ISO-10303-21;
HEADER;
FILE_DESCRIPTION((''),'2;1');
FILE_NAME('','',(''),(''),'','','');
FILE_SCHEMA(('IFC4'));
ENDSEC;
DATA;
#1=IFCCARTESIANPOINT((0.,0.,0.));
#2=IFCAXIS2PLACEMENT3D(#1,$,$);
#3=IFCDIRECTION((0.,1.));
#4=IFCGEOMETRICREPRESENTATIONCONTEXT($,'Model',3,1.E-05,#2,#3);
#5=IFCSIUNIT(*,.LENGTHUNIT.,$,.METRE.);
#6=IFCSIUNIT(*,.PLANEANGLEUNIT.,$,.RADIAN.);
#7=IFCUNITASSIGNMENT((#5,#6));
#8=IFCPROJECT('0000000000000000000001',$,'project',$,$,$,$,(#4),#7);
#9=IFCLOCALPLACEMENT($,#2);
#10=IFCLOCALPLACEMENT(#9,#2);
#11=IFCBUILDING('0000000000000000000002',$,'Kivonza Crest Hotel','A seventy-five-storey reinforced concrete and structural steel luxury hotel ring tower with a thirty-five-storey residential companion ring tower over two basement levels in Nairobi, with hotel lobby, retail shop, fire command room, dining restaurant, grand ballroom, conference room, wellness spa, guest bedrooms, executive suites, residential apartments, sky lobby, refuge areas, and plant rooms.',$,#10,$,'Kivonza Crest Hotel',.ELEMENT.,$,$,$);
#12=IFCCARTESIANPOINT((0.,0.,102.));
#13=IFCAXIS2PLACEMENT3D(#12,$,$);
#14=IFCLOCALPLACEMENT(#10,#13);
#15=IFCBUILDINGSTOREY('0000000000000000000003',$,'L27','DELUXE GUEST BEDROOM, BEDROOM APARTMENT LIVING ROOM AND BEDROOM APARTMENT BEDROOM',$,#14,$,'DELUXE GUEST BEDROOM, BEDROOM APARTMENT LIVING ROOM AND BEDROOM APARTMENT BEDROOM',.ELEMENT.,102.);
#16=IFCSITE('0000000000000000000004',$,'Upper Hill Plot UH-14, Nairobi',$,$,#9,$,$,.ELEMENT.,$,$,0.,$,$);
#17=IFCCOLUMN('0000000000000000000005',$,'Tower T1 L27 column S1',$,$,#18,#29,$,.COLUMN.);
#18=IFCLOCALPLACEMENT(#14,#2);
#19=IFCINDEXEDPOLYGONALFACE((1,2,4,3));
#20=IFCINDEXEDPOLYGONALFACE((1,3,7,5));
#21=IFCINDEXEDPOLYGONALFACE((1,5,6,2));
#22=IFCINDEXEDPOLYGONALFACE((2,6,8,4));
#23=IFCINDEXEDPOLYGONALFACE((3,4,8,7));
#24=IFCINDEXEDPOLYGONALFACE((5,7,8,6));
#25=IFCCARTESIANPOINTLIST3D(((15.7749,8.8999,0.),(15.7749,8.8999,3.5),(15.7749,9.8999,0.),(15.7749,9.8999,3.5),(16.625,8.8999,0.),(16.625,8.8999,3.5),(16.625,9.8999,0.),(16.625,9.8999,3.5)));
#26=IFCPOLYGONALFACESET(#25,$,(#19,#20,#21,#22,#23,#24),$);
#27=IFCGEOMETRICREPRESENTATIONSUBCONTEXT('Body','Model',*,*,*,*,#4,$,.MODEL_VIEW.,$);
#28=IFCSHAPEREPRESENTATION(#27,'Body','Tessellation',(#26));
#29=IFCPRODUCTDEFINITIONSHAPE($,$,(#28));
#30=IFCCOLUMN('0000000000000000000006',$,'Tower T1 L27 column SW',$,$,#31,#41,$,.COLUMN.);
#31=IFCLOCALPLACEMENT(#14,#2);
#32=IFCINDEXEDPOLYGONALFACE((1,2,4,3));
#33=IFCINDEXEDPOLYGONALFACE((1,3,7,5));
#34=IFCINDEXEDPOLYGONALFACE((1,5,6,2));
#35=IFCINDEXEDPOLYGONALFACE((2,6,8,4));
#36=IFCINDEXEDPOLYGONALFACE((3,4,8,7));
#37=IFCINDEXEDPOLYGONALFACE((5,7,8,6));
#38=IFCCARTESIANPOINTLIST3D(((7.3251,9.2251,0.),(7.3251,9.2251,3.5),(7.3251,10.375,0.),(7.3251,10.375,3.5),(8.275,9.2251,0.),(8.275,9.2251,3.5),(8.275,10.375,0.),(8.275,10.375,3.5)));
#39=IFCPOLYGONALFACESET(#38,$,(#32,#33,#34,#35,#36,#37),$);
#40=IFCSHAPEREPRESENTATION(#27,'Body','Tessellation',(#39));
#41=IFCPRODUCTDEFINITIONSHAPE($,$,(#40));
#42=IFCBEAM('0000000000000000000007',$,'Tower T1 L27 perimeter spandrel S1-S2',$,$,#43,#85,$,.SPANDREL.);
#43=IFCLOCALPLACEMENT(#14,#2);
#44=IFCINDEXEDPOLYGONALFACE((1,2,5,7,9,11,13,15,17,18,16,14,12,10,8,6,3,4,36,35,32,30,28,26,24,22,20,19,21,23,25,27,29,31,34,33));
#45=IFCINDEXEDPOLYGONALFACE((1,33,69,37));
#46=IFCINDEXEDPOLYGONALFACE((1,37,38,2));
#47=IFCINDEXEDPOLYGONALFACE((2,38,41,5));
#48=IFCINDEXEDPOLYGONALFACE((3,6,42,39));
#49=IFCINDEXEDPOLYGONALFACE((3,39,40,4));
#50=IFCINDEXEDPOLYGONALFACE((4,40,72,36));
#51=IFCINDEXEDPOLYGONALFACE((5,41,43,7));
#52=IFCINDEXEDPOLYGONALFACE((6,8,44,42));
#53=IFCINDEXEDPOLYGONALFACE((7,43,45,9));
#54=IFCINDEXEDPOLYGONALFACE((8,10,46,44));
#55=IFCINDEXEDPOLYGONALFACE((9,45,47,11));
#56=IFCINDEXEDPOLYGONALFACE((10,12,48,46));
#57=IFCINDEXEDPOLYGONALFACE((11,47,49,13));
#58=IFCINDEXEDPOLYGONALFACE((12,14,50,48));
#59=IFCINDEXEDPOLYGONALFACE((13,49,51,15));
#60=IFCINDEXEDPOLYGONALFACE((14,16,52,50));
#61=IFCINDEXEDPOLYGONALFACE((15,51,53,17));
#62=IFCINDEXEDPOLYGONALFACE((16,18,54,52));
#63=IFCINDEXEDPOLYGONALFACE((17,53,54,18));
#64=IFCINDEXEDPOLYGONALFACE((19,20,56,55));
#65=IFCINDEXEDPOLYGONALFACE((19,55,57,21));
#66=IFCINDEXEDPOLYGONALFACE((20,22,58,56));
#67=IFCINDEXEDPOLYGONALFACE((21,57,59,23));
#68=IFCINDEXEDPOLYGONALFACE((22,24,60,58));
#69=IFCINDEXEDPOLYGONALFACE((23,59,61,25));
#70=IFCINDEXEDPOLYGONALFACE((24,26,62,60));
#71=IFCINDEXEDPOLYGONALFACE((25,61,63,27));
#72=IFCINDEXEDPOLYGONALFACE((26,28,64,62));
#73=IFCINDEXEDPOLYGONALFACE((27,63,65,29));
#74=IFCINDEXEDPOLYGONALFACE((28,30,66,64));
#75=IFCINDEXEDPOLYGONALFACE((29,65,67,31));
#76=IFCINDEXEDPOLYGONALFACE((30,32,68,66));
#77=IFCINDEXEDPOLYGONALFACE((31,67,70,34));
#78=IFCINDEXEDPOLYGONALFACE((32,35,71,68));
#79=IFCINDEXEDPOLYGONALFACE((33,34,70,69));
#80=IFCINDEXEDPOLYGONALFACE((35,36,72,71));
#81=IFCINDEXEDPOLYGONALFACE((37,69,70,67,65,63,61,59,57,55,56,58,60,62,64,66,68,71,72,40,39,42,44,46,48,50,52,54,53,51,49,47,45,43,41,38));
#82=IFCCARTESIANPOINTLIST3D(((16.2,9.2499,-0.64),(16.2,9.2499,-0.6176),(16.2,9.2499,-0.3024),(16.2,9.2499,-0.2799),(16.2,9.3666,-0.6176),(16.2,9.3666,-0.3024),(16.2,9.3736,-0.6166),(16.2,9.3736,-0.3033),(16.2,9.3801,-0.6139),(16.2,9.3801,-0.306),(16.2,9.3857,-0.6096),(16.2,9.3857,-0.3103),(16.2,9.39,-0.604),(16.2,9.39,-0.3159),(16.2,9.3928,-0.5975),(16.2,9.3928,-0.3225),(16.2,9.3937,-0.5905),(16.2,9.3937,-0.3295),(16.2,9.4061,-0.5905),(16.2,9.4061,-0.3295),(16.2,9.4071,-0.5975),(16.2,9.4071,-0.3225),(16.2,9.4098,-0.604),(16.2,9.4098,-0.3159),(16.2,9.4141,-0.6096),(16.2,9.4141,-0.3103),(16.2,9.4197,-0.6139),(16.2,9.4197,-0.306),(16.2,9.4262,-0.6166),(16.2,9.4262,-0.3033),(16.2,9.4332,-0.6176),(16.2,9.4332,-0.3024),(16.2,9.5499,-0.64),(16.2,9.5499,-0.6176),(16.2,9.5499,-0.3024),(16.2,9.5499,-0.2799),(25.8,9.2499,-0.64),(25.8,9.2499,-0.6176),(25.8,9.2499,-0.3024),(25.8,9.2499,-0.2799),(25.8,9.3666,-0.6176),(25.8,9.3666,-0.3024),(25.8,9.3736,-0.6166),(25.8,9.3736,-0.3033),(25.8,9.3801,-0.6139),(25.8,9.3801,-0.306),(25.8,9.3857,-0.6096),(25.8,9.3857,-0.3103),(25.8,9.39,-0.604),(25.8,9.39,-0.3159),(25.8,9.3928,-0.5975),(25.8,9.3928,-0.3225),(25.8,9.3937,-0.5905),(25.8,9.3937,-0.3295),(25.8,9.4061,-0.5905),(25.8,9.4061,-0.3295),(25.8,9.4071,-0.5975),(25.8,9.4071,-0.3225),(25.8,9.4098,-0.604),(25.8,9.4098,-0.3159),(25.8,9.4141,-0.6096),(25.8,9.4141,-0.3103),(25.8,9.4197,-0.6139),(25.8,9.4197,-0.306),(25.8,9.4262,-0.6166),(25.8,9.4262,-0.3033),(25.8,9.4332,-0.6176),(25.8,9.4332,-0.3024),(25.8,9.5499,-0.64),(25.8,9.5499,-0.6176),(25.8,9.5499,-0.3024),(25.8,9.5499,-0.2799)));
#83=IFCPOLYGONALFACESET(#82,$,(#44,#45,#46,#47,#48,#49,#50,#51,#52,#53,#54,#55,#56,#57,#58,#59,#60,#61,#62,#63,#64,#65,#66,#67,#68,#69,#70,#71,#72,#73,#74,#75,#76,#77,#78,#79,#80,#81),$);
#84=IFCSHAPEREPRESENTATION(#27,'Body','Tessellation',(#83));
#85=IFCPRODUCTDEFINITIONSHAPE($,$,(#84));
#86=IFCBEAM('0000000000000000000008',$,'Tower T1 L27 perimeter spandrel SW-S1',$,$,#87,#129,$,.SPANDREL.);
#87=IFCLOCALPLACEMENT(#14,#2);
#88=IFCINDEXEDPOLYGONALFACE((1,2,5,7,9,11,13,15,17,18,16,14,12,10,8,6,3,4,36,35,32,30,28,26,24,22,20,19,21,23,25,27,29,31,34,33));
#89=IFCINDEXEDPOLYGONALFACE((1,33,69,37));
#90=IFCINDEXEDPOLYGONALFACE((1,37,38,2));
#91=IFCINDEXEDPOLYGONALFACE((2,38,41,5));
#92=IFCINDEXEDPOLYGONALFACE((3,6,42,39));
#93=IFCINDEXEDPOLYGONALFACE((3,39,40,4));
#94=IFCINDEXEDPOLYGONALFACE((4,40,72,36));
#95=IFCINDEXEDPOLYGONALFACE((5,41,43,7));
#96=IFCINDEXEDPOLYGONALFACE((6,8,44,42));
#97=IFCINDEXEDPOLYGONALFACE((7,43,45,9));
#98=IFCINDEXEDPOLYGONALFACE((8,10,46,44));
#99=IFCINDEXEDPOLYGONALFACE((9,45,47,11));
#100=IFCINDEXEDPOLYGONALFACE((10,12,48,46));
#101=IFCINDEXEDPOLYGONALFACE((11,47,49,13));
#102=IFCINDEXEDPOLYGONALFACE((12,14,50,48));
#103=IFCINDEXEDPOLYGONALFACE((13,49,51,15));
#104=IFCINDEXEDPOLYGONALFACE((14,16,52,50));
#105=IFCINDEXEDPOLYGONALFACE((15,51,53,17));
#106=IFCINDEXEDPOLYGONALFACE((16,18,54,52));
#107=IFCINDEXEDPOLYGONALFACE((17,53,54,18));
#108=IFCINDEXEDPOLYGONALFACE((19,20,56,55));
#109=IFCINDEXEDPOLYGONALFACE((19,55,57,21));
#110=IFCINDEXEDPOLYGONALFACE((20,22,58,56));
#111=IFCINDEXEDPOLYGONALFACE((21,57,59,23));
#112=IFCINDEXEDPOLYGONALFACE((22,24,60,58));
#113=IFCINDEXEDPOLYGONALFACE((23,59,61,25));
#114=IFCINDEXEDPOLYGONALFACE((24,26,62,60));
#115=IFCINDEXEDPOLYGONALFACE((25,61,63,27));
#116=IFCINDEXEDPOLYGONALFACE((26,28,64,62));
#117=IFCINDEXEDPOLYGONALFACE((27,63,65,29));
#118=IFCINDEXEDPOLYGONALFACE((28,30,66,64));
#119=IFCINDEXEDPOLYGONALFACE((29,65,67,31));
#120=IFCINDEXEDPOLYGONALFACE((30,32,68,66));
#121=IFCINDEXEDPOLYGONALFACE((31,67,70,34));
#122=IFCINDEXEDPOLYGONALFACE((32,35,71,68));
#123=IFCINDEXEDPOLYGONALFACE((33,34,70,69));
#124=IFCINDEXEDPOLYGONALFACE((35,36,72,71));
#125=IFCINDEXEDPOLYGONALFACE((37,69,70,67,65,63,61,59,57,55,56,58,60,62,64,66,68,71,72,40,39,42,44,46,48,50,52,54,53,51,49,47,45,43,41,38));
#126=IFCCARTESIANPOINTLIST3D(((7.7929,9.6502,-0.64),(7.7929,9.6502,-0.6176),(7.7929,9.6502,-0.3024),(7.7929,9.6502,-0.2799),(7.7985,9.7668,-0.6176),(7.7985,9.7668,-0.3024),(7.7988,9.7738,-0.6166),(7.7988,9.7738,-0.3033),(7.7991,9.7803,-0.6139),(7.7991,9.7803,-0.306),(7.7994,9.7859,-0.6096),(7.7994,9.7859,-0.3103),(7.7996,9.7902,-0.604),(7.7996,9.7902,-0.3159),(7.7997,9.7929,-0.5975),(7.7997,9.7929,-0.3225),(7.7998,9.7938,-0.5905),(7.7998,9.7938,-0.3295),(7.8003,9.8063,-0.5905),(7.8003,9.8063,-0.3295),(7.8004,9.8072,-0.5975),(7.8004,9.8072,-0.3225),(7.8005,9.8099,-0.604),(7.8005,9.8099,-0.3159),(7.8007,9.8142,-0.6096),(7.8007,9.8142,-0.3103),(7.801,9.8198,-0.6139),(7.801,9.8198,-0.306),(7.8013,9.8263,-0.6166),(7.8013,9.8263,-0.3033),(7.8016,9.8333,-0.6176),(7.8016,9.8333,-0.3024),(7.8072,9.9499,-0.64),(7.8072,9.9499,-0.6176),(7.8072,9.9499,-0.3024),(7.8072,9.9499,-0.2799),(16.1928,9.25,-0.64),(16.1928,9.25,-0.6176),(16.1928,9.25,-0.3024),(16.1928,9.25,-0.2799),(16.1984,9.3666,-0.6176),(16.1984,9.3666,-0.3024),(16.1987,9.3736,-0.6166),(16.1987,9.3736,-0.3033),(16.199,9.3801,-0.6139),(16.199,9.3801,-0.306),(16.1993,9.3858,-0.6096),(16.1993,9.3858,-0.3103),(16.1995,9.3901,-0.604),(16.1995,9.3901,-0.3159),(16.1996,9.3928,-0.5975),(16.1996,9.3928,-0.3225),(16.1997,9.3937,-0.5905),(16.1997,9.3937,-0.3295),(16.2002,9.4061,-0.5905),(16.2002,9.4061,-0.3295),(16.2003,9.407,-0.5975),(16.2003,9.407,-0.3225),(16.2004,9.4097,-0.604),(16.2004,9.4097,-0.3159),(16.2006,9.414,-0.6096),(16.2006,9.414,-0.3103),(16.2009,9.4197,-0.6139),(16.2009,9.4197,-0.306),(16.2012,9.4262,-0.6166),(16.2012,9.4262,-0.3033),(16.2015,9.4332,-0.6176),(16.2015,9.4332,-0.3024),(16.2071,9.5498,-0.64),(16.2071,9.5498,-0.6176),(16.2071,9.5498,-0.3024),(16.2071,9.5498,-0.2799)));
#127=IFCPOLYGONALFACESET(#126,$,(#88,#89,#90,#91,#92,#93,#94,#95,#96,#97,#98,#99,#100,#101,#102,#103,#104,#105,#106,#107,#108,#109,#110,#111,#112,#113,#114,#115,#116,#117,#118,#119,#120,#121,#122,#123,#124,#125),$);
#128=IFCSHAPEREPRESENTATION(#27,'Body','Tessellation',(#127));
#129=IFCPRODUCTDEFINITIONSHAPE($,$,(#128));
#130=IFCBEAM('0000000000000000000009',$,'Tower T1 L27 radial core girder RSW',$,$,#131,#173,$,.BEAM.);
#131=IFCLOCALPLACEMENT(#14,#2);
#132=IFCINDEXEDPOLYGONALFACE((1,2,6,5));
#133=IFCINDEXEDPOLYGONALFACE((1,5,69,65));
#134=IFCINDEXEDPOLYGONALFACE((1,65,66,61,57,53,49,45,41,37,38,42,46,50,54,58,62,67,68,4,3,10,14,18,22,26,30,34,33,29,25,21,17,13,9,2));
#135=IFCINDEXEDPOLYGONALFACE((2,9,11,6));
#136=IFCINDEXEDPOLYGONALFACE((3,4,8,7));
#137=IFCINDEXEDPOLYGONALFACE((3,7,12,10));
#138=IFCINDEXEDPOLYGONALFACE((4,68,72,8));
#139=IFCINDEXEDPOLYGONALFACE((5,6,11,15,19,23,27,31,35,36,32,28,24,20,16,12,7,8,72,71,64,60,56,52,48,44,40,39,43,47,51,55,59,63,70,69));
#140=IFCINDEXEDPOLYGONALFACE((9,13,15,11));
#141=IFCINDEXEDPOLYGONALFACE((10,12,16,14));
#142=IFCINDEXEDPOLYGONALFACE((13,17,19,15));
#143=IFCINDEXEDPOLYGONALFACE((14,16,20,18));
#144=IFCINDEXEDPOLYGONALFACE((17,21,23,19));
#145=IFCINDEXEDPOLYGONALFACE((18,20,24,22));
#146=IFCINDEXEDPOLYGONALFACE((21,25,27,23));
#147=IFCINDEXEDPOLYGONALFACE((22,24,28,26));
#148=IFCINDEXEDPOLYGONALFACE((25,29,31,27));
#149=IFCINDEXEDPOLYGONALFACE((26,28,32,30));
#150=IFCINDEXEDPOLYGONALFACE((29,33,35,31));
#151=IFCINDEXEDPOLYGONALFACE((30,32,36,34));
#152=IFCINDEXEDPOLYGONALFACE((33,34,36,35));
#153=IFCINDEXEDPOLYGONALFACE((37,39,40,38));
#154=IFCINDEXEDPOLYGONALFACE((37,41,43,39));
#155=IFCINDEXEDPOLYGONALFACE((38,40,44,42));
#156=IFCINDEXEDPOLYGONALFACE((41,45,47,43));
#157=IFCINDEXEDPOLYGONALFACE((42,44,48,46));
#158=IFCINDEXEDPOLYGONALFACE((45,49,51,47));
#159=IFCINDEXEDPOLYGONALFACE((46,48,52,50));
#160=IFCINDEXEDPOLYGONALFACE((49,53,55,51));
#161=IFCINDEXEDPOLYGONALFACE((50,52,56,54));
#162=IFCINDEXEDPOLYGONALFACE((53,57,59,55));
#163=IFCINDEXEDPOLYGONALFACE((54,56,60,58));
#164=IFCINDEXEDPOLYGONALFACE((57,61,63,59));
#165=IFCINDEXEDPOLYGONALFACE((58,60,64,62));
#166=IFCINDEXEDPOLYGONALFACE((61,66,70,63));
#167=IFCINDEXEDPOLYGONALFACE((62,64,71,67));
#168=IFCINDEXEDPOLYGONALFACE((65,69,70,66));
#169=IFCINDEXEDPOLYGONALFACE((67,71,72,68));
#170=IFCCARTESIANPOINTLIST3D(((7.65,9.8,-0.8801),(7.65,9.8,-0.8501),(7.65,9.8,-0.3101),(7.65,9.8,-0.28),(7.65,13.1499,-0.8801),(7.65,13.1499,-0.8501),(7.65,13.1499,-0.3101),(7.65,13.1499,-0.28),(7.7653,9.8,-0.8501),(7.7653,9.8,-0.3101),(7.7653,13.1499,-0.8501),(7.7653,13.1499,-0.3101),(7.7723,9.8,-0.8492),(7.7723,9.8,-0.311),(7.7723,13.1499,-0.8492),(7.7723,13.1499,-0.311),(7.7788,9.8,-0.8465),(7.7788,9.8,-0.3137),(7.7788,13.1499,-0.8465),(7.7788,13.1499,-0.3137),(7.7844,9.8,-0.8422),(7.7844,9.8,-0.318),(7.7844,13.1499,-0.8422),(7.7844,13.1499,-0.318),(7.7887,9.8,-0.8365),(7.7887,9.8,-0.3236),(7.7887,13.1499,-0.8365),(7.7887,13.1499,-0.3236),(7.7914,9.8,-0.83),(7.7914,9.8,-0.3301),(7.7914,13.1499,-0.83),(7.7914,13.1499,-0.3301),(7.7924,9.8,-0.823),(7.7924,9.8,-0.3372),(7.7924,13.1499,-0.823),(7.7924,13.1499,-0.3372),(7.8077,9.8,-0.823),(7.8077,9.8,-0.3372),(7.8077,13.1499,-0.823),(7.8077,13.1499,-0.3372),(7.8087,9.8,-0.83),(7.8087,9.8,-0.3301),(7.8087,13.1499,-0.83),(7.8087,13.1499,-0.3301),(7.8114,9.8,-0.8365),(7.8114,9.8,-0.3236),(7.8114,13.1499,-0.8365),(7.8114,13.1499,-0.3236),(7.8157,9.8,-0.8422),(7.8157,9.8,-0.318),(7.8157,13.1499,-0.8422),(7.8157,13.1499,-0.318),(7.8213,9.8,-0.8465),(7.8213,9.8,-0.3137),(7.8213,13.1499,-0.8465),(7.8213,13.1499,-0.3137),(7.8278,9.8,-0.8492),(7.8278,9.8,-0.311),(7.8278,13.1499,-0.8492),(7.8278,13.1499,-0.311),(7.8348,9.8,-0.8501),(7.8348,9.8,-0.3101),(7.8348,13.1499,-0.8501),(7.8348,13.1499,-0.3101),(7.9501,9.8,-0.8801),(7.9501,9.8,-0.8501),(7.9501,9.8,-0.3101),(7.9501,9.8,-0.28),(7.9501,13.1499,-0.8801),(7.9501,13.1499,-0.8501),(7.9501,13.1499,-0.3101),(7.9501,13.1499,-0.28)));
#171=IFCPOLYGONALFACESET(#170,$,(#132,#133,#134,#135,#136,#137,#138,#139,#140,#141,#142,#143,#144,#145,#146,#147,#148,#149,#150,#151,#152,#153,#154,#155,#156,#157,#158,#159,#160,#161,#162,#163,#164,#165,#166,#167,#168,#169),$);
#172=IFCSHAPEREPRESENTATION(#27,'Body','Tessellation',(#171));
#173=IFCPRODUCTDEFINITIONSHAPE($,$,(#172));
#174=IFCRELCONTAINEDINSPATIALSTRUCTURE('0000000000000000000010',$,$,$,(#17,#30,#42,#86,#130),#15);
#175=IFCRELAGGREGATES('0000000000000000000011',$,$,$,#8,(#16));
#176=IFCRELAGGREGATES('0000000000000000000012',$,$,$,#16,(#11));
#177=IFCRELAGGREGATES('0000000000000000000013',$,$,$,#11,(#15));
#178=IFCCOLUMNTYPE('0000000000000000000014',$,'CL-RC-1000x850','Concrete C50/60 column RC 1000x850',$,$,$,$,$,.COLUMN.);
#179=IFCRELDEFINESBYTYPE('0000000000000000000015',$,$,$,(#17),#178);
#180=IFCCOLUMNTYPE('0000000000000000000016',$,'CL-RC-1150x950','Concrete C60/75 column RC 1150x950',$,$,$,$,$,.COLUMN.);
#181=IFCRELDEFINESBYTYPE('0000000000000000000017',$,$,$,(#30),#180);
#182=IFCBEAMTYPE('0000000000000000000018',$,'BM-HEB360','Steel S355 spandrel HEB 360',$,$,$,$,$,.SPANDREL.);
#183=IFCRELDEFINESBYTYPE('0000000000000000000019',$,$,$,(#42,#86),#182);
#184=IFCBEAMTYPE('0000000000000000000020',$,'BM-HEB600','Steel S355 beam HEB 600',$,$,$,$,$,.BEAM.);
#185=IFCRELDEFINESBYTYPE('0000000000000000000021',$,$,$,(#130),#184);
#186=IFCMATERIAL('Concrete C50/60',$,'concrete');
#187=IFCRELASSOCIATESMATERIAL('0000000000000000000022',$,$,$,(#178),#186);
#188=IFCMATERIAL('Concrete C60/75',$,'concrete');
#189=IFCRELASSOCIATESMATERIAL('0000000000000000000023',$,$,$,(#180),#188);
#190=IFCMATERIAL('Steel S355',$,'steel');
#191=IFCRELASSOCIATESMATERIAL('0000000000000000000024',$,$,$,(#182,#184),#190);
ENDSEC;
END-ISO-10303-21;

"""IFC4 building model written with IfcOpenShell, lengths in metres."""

from ifc_helpers import new_model, si_unit, direction, frame, origin, origin_2d, place, context, subcontext, project, spatial, rectangle, i_section, extrude, material, material_profile, profile_set, type_object, element, save


model = new_model("IFC4")

# Units and contexts
model_context = context("Model", 3, precision=1e-05, world=origin(), true_north=direction((0.0, 1.0)))
body_context = subcontext(model_context, "Body", "Model", "MODEL_VIEW")
ifc_project = project(units=[si_unit("LENGTHUNIT", "METRE"), si_unit("PLANEANGLEUNIT", "RADIAN")], contexts=[model_context])

# Site, building, storey
site_placement = place(None, origin())
site = spatial("IfcSite", under=ifc_project, at=site_placement, Name="Upper Hill Plot UH-14, Nairobi", CompositionType="ELEMENT", RefElevation=0.0)
building_placement = place(site_placement, origin())
building = spatial("IfcBuilding", under=site, at=building_placement, Name="Kivonza Crest Hotel", Description="A seventy-five-storey reinforced concrete and structural steel luxury hotel ring tower with a thirty-five-storey residential companion ring tower over two basement levels in Nairobi, with hotel lobby, retail shop, fire command room, dining restaurant, grand ballroom, conference room, wellness spa, guest bedrooms, executive suites, residential apartments, sky lobby, refuge areas, and plant rooms.", LongName="Kivonza Crest Hotel", CompositionType="ELEMENT")
storey_placement = place(building_placement, frame((0.0, 0.0, 102.0)))
storey = spatial("IfcBuildingStorey", under=building, at=storey_placement, Name="L27", Description="DELUXE GUEST BEDROOM, BEDROOM APARTMENT LIVING ROOM AND BEDROOM APARTMENT BEDROOM", LongName="DELUXE GUEST BEDROOM, BEDROOM APARTMENT LIVING ROOM AND BEDROOM APARTMENT BEDROOM", CompositionType="ELEMENT", Elevation=102.0)

# Columns
ifc_material_1 = material(Name="Concrete C50/60", Category="concrete")
ifc_material_profile_1 = material_profile(ifc_material_1, rectangle(XDim=0.8501, YDim=1.0, at=origin_2d()), Name="RC 1000x850")
ifc_profile_set_1 = profile_set([ifc_material_profile_1], Name="Concrete C50/60")
column_type_1 = type_object("IfcColumnType", Name="CL-RC-1000x850", Description="Concrete C50/60 column RC 1000x850", PredefinedType="COLUMN", material=ifc_profile_set_1)
column_1_placement = place(storey_placement, frame((16.2, 9.3999, 0.0), z_axis=(0.0, 0.0, 1.0), x_axis=(1.0, 0.0, 0.0)))
element("IfcColumn", 1, at=column_1_placement, inside=storey, type_object=column_type_1, Name="Tower T1 L27 column S1", PredefinedType="COLUMN", context=body_context, shape_type="SweptSolid", body=[
    extrude(rectangle(XDim=0.8501, YDim=1.0, at=origin_2d()), origin(), (0.0, 0.0, 1.0), 3.5),
])
ifc_material_2 = material(Name="Concrete C60/75", Category="concrete")
ifc_material_profile_2 = material_profile(ifc_material_2, rectangle(XDim=0.95, YDim=1.1499, at=origin_2d()), Name="RC 1150x950")
ifc_profile_set_2 = profile_set([ifc_material_profile_2], Name="Concrete C60/75")
column_type_2 = type_object("IfcColumnType", Name="CL-RC-1150x950", Description="Concrete C60/75 column RC 1150x950", PredefinedType="COLUMN", material=ifc_profile_set_2)
column_2_placement = place(storey_placement, frame((7.8, 9.8, 0.0), z_axis=(0.0, 0.0, 1.0), x_axis=(1.0, 0.0, 0.0)))
element("IfcColumn", 2, at=column_2_placement, inside=storey, type_object=column_type_2, Name="Tower T1 L27 column SW", PredefinedType="COLUMN", context=body_context, shape_type="SweptSolid", body=[
    extrude(rectangle(XDim=0.95, YDim=1.1499, at=origin_2d()), origin(), (0.0, 0.0, 1.0), 3.5),
])

# Beams
ifc_material_3 = material(Name="Steel S355", Category="steel")
ifc_material_profile_3 = material_profile(ifc_material_3, i_section(OverallWidth=0.3, OverallDepth=0.3601, WebThickness=0.0125, FlangeThickness=0.0225, FilletRadius=0.0271, at=origin_2d()), Name="HEB 360")
ifc_profile_set_3 = profile_set([ifc_material_profile_3], Name="Steel S355")
beam_type_1 = type_object("IfcBeamType", Name="BM-HEB360", Description="Steel S355 spandrel HEB 360", PredefinedType="SPANDREL", material=ifc_profile_set_3)
beam_1_placement = place(storey_placement, frame((16.2, 9.3999, -0.46), z_axis=(1.0, 0.0, 0.0), x_axis=(0.0, 1.0, 0.0)))
element("IfcBeam", 3, at=beam_1_placement, inside=storey, type_object=beam_type_1, Name="Tower T1 L27 perimeter spandrel S1-S2", PredefinedType="SPANDREL", context=body_context, shape_type="SweptSolid", body=[
    extrude(i_section(OverallWidth=0.3, OverallDepth=0.3601, WebThickness=0.0125, FlangeThickness=0.0225, FilletRadius=0.0271, at=origin_2d()), origin(), (0.0, 0.0, 1.0), 9.6001),
])
beam_2_placement = place(storey_placement, frame((7.8, 9.8, -0.46), z_axis=(0.998867, -0.047583, 0.0), x_axis=(0.047583, 0.998867, 0.0)))
element("IfcBeam", 4, at=beam_2_placement, inside=storey, type_object=beam_type_1, Name="Tower T1 L27 perimeter spandrel SW-S1", PredefinedType="SPANDREL", context=body_context, shape_type="SweptSolid", body=[
    extrude(i_section(OverallWidth=0.3, OverallDepth=0.3601, WebThickness=0.0125, FlangeThickness=0.0225, FilletRadius=0.0271, at=origin_2d()), origin(), (0.0, 0.0, 1.0), 8.4094),
])
ifc_material_profile_4 = material_profile(ifc_material_3, i_section(OverallWidth=0.3, OverallDepth=0.6001, WebThickness=0.0154, FlangeThickness=0.03, FilletRadius=0.0271, at=origin_2d()), Name="HEB 600")
ifc_profile_set_4 = profile_set([ifc_material_profile_4], Name="Steel S355")
beam_type_2 = type_object("IfcBeamType", Name="BM-HEB600", Description="Steel S355 beam HEB 600", PredefinedType="BEAM", material=ifc_profile_set_4)
beam_3_placement = place(storey_placement, frame((7.8, 9.8, -0.5801), z_axis=(0.0, 1.0, 0.0), x_axis=(-1.0, 0.0, 0.0)))
element("IfcBeam", 5, at=beam_3_placement, inside=storey, type_object=beam_type_2, Name="Tower T1 L27 radial core girder RSW", PredefinedType="BEAM", context=body_context, shape_type="SweptSolid", body=[
    extrude(i_section(OverallWidth=0.3, OverallDepth=0.6001, WebThickness=0.0154, FlangeThickness=0.03, FilletRadius=0.0271, at=origin_2d()), origin(), (0.0, 0.0, 1.0), 3.3499),
])

save(model, "model.ifc")
